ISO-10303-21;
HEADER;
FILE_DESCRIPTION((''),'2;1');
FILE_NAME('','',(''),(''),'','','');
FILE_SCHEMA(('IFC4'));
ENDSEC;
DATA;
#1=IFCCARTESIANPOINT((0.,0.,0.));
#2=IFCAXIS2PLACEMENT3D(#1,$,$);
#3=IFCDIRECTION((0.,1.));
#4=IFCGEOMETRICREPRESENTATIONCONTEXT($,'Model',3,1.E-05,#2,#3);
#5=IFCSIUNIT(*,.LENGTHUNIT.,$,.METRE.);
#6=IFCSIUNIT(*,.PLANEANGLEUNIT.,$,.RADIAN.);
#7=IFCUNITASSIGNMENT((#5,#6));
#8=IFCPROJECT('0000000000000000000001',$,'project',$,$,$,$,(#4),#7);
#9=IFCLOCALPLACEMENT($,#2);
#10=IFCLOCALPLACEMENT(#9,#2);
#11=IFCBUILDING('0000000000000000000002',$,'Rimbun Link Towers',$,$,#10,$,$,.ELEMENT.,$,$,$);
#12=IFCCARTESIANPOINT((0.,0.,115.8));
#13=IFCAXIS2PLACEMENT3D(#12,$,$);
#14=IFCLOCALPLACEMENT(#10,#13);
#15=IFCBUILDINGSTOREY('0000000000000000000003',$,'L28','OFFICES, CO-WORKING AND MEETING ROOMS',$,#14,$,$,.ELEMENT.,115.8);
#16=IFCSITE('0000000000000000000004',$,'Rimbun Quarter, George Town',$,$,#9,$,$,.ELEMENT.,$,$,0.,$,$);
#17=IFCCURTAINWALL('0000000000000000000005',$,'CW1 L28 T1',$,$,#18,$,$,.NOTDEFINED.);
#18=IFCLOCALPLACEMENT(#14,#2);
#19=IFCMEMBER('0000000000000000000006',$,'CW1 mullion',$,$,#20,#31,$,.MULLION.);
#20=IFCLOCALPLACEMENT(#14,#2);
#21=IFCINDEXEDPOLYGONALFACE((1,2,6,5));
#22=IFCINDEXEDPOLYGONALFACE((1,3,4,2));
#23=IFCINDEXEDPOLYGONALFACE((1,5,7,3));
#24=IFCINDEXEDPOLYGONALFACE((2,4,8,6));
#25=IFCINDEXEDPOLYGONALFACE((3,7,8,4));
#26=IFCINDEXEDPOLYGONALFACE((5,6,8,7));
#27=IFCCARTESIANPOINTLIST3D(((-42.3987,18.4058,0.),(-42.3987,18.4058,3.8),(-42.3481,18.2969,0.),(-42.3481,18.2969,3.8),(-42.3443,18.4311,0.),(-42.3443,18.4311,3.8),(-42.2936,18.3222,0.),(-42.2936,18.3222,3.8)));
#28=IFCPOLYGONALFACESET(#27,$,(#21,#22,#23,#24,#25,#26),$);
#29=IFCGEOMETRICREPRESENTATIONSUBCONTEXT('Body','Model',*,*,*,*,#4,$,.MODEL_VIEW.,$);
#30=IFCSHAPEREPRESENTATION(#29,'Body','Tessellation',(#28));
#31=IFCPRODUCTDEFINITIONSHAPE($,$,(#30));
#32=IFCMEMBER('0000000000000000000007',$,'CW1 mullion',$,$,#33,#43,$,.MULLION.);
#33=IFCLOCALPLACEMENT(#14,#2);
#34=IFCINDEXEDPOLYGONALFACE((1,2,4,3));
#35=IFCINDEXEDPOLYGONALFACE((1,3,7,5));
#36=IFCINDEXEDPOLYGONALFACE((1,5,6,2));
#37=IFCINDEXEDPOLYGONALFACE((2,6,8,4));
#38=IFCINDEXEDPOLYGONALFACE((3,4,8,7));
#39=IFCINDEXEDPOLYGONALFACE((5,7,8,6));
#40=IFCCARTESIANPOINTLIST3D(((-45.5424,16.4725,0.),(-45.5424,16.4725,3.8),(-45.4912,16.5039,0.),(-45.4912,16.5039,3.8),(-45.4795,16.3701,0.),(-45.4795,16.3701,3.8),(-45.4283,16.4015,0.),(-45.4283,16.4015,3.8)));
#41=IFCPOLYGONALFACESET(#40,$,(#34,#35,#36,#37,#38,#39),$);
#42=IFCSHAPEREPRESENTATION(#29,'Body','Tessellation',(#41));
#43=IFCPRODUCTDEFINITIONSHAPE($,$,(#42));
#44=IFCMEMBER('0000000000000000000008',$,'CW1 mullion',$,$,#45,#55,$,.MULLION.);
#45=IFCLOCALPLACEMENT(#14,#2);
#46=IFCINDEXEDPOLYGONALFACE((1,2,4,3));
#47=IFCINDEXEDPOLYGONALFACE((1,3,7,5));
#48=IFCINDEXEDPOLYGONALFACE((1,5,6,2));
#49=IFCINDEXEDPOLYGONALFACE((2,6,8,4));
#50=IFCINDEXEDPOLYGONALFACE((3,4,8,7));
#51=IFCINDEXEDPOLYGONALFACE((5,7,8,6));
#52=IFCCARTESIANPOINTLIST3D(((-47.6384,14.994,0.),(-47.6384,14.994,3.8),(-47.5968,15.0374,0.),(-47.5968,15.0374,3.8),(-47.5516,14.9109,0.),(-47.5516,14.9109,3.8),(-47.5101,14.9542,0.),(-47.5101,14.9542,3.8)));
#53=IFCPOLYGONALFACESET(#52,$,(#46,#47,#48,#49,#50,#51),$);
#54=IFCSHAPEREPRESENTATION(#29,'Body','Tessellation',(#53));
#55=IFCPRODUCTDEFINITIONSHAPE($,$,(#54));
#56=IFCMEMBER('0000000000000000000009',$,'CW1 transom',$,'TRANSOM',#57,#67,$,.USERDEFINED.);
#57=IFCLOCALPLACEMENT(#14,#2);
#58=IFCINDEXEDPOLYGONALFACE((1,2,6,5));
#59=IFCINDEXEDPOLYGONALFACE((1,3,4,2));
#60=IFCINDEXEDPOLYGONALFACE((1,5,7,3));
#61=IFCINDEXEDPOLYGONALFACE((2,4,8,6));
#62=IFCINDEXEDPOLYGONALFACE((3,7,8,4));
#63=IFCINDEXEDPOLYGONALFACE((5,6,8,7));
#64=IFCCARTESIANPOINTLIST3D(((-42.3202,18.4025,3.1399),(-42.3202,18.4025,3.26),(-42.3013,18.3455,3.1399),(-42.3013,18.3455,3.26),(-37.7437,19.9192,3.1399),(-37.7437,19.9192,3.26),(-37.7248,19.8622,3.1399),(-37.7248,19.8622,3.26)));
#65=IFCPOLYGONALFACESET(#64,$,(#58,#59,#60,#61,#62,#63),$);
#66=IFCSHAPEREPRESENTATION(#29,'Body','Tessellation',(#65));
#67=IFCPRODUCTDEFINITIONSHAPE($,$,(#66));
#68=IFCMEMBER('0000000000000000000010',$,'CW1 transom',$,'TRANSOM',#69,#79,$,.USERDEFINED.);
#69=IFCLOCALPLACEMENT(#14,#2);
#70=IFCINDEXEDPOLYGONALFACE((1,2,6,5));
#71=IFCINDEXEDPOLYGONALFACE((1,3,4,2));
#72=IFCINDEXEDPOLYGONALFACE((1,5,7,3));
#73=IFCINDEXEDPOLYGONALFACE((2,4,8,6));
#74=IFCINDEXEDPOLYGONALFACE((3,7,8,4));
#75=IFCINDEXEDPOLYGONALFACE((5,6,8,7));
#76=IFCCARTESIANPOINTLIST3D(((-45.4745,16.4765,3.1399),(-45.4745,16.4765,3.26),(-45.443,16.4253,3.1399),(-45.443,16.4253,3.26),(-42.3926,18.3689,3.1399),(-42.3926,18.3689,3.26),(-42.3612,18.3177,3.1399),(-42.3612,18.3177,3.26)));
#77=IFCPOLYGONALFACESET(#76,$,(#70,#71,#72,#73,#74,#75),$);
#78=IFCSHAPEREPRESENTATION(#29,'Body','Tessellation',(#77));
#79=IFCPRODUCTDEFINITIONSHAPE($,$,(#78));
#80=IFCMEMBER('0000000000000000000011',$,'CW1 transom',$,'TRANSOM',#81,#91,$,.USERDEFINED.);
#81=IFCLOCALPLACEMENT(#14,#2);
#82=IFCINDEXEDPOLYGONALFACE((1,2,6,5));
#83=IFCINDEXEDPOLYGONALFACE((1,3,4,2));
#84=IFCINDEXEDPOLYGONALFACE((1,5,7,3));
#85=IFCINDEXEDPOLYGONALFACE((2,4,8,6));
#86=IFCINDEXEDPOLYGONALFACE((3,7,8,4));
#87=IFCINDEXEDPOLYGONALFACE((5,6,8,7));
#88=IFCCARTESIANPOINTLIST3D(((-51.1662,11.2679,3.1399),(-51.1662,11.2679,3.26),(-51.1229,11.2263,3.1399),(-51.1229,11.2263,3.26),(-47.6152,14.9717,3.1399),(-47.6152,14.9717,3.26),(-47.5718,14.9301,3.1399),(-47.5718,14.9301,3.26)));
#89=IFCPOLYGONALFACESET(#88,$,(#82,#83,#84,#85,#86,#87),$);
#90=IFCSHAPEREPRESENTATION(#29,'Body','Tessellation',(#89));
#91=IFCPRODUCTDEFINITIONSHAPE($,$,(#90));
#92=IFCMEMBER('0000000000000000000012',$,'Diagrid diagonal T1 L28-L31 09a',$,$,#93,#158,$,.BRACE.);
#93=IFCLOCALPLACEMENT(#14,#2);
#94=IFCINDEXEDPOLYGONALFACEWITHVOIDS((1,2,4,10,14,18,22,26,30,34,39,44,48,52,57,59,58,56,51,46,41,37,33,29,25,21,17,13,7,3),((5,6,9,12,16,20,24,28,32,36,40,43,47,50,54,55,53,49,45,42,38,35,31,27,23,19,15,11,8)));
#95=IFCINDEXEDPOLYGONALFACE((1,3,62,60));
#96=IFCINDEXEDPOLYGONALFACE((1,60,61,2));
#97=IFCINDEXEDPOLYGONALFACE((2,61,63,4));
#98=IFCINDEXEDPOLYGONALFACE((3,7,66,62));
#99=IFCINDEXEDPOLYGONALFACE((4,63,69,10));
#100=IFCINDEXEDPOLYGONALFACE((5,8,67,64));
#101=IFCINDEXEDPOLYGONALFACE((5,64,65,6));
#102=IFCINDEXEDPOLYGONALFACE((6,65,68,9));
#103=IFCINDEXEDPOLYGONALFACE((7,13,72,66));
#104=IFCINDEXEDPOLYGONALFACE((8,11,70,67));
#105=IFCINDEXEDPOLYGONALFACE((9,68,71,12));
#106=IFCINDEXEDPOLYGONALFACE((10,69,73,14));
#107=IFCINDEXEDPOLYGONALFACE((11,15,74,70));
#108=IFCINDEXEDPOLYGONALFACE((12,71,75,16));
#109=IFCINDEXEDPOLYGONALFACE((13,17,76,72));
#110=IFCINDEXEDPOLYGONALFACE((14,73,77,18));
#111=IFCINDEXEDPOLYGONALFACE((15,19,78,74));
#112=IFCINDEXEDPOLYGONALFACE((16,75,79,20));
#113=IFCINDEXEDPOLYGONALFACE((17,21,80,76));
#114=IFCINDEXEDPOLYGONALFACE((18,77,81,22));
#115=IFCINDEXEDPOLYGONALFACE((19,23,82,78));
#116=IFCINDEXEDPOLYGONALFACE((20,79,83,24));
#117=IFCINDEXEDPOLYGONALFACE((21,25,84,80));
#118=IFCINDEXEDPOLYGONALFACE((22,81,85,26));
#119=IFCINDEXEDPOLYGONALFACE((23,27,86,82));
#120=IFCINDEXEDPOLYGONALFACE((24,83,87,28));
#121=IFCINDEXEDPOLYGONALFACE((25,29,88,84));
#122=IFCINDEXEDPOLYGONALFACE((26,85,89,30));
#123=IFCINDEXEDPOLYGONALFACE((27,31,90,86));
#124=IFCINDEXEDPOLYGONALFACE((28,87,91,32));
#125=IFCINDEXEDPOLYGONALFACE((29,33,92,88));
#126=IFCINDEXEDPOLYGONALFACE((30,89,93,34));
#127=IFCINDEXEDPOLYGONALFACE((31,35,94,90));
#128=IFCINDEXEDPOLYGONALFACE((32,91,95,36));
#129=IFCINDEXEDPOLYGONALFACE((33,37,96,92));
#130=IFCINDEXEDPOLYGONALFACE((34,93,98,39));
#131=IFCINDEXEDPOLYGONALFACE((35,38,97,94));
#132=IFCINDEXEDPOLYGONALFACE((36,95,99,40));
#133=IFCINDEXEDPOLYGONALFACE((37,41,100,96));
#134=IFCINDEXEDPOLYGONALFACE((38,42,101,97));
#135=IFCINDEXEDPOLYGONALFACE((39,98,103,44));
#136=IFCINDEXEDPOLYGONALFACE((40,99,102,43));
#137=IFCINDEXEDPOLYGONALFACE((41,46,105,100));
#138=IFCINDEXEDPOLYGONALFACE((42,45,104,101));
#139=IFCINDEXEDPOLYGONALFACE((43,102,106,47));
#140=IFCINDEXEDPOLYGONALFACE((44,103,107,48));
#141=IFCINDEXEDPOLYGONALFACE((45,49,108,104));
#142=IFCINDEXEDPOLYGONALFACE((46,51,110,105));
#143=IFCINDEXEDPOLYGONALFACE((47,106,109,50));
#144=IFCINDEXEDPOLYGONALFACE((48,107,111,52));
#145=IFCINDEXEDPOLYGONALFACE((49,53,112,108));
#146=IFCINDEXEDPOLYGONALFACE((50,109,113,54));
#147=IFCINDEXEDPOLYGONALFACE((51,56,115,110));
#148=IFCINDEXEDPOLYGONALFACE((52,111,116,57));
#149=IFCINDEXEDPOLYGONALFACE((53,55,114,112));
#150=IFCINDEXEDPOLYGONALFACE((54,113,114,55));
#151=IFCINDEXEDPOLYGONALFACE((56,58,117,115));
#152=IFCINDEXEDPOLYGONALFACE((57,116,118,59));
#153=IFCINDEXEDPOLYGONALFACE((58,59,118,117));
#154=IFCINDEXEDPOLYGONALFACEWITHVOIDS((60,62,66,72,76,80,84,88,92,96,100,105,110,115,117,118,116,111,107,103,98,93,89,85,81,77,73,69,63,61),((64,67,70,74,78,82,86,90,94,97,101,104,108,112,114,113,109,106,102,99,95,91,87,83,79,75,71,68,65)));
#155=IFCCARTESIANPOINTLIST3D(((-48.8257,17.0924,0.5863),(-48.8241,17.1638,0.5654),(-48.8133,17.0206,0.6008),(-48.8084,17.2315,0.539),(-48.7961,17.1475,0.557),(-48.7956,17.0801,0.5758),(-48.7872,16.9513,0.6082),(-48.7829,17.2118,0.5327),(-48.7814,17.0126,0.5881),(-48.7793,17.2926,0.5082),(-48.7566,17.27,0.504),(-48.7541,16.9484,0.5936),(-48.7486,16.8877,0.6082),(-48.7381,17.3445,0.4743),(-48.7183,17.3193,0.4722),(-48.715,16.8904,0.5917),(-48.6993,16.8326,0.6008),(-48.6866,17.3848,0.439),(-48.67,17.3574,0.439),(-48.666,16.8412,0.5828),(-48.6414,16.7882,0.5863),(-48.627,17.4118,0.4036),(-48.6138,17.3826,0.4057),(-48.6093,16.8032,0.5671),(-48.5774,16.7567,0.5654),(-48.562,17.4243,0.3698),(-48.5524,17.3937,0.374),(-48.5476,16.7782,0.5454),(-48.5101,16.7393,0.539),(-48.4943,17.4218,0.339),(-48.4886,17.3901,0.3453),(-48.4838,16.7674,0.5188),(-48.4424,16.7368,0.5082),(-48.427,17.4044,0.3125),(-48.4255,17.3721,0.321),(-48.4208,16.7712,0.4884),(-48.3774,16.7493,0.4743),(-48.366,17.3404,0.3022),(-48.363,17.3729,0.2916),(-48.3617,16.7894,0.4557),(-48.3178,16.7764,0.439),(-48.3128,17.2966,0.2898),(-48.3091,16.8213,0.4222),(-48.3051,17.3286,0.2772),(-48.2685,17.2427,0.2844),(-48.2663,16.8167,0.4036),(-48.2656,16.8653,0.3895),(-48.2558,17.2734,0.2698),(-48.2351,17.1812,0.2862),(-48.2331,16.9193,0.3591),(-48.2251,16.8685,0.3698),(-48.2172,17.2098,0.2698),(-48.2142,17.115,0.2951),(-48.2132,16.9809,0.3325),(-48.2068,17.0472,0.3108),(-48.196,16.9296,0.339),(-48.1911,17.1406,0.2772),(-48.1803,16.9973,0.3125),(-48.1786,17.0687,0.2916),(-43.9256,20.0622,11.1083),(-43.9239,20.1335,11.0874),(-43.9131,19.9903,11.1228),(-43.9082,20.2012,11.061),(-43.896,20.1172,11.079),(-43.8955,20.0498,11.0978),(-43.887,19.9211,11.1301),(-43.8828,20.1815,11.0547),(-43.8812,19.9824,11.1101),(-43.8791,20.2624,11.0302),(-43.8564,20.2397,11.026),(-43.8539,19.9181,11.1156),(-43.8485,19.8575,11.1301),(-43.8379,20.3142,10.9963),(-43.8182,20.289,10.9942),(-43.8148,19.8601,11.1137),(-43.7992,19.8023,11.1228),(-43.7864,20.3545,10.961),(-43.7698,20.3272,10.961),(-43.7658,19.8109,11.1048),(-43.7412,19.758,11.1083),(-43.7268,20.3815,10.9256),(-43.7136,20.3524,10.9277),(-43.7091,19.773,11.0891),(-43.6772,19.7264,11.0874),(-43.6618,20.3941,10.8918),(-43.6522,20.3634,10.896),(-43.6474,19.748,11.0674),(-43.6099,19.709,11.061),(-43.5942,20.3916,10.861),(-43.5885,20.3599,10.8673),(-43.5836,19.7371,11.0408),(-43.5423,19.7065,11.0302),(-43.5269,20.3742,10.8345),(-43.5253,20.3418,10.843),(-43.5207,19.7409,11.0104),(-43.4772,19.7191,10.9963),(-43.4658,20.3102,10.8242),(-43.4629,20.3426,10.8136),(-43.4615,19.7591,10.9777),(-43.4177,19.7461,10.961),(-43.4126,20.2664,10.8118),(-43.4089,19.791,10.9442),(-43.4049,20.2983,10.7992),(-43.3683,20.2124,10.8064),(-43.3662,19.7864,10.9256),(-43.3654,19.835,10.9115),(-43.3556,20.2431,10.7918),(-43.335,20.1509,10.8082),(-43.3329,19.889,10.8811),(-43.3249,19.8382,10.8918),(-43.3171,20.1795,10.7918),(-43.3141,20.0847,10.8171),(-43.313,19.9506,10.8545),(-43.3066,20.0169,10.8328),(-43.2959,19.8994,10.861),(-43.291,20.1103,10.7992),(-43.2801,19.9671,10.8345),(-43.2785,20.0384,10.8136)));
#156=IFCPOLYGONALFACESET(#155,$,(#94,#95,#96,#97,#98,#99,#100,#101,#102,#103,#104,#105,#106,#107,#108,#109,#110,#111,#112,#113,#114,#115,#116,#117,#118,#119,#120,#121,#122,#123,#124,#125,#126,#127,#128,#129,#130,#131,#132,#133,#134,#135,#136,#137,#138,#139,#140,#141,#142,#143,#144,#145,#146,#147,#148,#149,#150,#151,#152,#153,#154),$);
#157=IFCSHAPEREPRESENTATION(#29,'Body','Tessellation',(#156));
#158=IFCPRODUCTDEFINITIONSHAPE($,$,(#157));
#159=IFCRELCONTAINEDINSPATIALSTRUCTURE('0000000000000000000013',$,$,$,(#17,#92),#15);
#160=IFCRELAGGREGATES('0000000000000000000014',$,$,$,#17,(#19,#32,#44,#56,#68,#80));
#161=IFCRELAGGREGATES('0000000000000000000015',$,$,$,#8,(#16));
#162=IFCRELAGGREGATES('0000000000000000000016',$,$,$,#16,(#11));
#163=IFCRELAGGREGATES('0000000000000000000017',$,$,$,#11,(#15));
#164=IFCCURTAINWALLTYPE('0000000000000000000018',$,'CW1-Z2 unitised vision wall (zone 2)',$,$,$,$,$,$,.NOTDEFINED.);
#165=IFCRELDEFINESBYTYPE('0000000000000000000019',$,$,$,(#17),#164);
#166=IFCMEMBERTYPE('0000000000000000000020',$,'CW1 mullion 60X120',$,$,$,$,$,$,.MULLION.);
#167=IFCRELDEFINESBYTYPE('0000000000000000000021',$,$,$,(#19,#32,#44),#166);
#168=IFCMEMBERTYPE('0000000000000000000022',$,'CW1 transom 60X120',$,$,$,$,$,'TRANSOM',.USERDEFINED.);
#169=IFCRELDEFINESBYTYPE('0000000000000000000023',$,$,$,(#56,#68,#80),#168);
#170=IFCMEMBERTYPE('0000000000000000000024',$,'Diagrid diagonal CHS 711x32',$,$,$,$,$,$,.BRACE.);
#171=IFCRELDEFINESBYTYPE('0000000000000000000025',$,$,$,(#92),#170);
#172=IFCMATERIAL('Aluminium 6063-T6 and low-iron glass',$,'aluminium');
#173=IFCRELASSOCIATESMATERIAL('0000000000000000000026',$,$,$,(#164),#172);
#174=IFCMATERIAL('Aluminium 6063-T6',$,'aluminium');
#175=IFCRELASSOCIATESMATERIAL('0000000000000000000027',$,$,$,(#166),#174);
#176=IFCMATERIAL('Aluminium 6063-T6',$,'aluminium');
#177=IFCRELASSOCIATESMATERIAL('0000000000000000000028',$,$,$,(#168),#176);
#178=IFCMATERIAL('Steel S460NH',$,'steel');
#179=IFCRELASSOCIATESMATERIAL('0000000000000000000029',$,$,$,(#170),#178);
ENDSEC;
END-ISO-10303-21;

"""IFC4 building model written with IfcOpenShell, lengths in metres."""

from ifc_helpers import new_model, si_unit, direction, frame, origin, origin_2d, place, context, subcontext, project, spatial, rectangle, hollow_circle, extrude, material, material_profile, profile_set, type_object, element, aggregate, save


model = new_model("IFC4")

# Units and contexts
model_context = context("Model", 3, precision=1e-05, world=origin(), true_north=direction((0.0, 1.0)))
body_context = subcontext(model_context, "Body", "Model", "MODEL_VIEW")
ifc_project = project(units=[si_unit("LENGTHUNIT", "METRE"), si_unit("PLANEANGLEUNIT", "RADIAN")], contexts=[model_context])

# Site, building, storey
site_placement = place(None, origin())
site = spatial("IfcSite", under=ifc_project, at=site_placement, Name="Rimbun Quarter, George Town", CompositionType="ELEMENT", RefElevation=0.0)
building_placement = place(site_placement, origin())
building = spatial("IfcBuilding", under=site, at=building_placement, Name="Rimbun Link Towers", CompositionType="ELEMENT")
storey_placement = place(building_placement, frame((0.0, 0.0, 115.8)))
storey = spatial("IfcBuildingStorey", under=building, at=storey_placement, Name="L28", Description="OFFICES, CO-WORKING AND MEETING ROOMS", CompositionType="ELEMENT", Elevation=115.8)

# Curtain wall, members
ifc_material_1 = material(Name="Aluminium 6063-T6 and low-iron glass", Category="aluminium")
curtain_wall_type = type_object("IfcCurtainWallType", Name="CW1-Z2 unitised vision wall (zone 2)", PredefinedType="NOTDEFINED", material=ifc_material_1)
curtain_wall_placement = place(storey_placement, origin())
curtain_wall = element("IfcCurtainWall", 1, at=curtain_wall_placement, inside=storey, type_object=curtain_wall_type, Name="CW1 L28 T1", PredefinedType="NOTDEFINED")
ifc_material_2 = material(Name="Aluminium 6063-T6", Category="aluminium")
ifc_material_profile_1 = material_profile(ifc_material_2, rectangle(XDim=0.1201, YDim=0.0601, at=origin_2d()), Name="MULLION 60X120")
ifc_profile_set_1 = profile_set([ifc_material_profile_1], Name="Aluminium 6063-T6")
member_type_1 = type_object("IfcMemberType", Name="CW1 mullion 60X120", PredefinedType="MULLION", material=ifc_profile_set_1)
member_1_placement = place(storey_placement, frame((-42.3462, 18.364, 0.0), z_axis=(0.0, 0.0, 1.0), x_axis=(-0.421705, 0.906733, 0.0)))
member_1 = element("IfcMember", 2, at=member_1_placement, type_object=member_type_1, Name="CW1 mullion", PredefinedType="MULLION", context=body_context, shape_type="SweptSolid", body=[
    extrude(rectangle(XDim=0.1201, YDim=0.0601, at=origin_2d()), origin(), (0.0, 0.0, 1.0), 3.8),
])
member_2_placement = place(storey_placement, frame((-45.4854, 16.437, 0.0), z_axis=(0.0, 0.0, 1.0), x_axis=(-0.523243, 0.852183, 0.0)))
member_2 = element("IfcMember", 3, at=member_2_placement, type_object=member_type_1, Name="CW1 mullion", PredefinedType="MULLION", context=body_context, shape_type="SweptSolid", body=[
    extrude(rectangle(XDim=0.1201, YDim=0.0601, at=origin_2d()), origin(), (0.0, 0.0, 1.0), 3.8),
])
member_3_placement = place(storey_placement, frame((-47.5742, 14.9741, 0.0), z_axis=(0.0, 0.0, 1.0), x_axis=(-0.721835, 0.692065, 0.0)))
member_3 = element("IfcMember", 4, at=member_3_placement, type_object=member_type_1, Name="CW1 mullion", PredefinedType="MULLION", context=body_context, shape_type="SweptSolid", body=[
    extrude(rectangle(XDim=0.1201, YDim=0.0601, at=origin_2d()), origin(), (0.0, 0.0, 1.0), 3.8),
])
ifc_material_3 = material(Name="Aluminium 6063-T6", Category="aluminium")
ifc_material_profile_2 = material_profile(ifc_material_3, rectangle(XDim=0.0601, YDim=0.1201, at=origin_2d()), Name="TRANSOM 60X120")
ifc_profile_set_2 = profile_set([ifc_material_profile_2], Name="Aluminium 6063-T6")
member_type_2 = type_object("IfcMemberType", Name="CW1 transom 60X120", ElementType="TRANSOM", PredefinedType="USERDEFINED", material=ifc_profile_set_2)
member_4_placement = place(storey_placement, frame((-42.3108, 18.374, 3.2), z_axis=(0.949234, 0.314571, 0.0), x_axis=(-0.314571, 0.949234, 0.0)))
member_4 = element("IfcMember", 5, at=member_4_placement, type_object=member_type_2, Name="CW1 transom", ObjectType="TRANSOM", PredefinedType="USERDEFINED", context=body_context, shape_type="SweptSolid", body=[
    extrude(rectangle(XDim=0.0601, YDim=0.1201, at=origin_2d()), origin(), (0.0, 0.0, 1.0), 4.8213),
])
member_5_placement = place(storey_placement, frame((-45.4587, 16.4509, 3.2), z_axis=(0.85217, 0.523265, 0.0), x_axis=(-0.523265, 0.85217, 0.0)))
member_5 = element("IfcMember", 6, at=member_5_placement, type_object=member_type_2, Name="CW1 transom", ObjectType="TRANSOM", PredefinedType="USERDEFINED", context=body_context, shape_type="SweptSolid", body=[
    extrude(rectangle(XDim=0.0601, YDim=0.1201, at=origin_2d()), origin(), (0.0, 0.0, 1.0), 3.6165),
])
member_6_placement = place(storey_placement, frame((-51.1445, 11.2471, 3.2), z_axis=(0.692057, 0.721843, 0.0), x_axis=(-0.721843, 0.692057, 0.0)))
member_6 = element("IfcMember", 7, at=member_6_placement, type_object=member_type_2, Name="CW1 transom", ObjectType="TRANSOM", PredefinedType="USERDEFINED", context=body_context, shape_type="SweptSolid", body=[
    extrude(rectangle(XDim=0.0601, YDim=0.1201, at=origin_2d()), origin(), (0.0, 0.0, 1.0), 5.1311),
])

# Member
ifc_material_4 = material(Name="Steel S460NH", Category="steel")
ifc_material_profile_3 = material_profile(ifc_material_4, hollow_circle(Radius=0.3557, WallThickness=0.032, at=origin_2d()), Name="Diagrid diagonal CHS 711x32")
ifc_profile_set_3 = profile_set([ifc_material_profile_3], Name="Steel S460NH")
member_type_3 = type_object("IfcMemberType", Name="Diagrid diagonal CHS 711x32", PredefinedType="BRACE", material=ifc_profile_set_3)
member_7_placement = place(storey_placement, frame((-48.5022, 17.0806, 0.439), z_axis=(0.408996, 0.247871, 0.878227), x_axis=(-0.518294, 0.855202, 0.0)))
element("IfcMember", 8, at=member_7_placement, inside=storey, type_object=member_type_3, Name="Diagrid diagonal T1 L28-L31 09a", PredefinedType="BRACE", context=body_context, shape_type="SweptSolid", body=[
    extrude(hollow_circle(Radius=0.3557, WallThickness=0.032, at=origin_2d()), origin(), (0.0, 0.0, 1.0), 11.981),
])

aggregate(curtain_wall, [member_1, member_2, member_3, member_4, member_5, member_6])

save(model, "model.ifc")
